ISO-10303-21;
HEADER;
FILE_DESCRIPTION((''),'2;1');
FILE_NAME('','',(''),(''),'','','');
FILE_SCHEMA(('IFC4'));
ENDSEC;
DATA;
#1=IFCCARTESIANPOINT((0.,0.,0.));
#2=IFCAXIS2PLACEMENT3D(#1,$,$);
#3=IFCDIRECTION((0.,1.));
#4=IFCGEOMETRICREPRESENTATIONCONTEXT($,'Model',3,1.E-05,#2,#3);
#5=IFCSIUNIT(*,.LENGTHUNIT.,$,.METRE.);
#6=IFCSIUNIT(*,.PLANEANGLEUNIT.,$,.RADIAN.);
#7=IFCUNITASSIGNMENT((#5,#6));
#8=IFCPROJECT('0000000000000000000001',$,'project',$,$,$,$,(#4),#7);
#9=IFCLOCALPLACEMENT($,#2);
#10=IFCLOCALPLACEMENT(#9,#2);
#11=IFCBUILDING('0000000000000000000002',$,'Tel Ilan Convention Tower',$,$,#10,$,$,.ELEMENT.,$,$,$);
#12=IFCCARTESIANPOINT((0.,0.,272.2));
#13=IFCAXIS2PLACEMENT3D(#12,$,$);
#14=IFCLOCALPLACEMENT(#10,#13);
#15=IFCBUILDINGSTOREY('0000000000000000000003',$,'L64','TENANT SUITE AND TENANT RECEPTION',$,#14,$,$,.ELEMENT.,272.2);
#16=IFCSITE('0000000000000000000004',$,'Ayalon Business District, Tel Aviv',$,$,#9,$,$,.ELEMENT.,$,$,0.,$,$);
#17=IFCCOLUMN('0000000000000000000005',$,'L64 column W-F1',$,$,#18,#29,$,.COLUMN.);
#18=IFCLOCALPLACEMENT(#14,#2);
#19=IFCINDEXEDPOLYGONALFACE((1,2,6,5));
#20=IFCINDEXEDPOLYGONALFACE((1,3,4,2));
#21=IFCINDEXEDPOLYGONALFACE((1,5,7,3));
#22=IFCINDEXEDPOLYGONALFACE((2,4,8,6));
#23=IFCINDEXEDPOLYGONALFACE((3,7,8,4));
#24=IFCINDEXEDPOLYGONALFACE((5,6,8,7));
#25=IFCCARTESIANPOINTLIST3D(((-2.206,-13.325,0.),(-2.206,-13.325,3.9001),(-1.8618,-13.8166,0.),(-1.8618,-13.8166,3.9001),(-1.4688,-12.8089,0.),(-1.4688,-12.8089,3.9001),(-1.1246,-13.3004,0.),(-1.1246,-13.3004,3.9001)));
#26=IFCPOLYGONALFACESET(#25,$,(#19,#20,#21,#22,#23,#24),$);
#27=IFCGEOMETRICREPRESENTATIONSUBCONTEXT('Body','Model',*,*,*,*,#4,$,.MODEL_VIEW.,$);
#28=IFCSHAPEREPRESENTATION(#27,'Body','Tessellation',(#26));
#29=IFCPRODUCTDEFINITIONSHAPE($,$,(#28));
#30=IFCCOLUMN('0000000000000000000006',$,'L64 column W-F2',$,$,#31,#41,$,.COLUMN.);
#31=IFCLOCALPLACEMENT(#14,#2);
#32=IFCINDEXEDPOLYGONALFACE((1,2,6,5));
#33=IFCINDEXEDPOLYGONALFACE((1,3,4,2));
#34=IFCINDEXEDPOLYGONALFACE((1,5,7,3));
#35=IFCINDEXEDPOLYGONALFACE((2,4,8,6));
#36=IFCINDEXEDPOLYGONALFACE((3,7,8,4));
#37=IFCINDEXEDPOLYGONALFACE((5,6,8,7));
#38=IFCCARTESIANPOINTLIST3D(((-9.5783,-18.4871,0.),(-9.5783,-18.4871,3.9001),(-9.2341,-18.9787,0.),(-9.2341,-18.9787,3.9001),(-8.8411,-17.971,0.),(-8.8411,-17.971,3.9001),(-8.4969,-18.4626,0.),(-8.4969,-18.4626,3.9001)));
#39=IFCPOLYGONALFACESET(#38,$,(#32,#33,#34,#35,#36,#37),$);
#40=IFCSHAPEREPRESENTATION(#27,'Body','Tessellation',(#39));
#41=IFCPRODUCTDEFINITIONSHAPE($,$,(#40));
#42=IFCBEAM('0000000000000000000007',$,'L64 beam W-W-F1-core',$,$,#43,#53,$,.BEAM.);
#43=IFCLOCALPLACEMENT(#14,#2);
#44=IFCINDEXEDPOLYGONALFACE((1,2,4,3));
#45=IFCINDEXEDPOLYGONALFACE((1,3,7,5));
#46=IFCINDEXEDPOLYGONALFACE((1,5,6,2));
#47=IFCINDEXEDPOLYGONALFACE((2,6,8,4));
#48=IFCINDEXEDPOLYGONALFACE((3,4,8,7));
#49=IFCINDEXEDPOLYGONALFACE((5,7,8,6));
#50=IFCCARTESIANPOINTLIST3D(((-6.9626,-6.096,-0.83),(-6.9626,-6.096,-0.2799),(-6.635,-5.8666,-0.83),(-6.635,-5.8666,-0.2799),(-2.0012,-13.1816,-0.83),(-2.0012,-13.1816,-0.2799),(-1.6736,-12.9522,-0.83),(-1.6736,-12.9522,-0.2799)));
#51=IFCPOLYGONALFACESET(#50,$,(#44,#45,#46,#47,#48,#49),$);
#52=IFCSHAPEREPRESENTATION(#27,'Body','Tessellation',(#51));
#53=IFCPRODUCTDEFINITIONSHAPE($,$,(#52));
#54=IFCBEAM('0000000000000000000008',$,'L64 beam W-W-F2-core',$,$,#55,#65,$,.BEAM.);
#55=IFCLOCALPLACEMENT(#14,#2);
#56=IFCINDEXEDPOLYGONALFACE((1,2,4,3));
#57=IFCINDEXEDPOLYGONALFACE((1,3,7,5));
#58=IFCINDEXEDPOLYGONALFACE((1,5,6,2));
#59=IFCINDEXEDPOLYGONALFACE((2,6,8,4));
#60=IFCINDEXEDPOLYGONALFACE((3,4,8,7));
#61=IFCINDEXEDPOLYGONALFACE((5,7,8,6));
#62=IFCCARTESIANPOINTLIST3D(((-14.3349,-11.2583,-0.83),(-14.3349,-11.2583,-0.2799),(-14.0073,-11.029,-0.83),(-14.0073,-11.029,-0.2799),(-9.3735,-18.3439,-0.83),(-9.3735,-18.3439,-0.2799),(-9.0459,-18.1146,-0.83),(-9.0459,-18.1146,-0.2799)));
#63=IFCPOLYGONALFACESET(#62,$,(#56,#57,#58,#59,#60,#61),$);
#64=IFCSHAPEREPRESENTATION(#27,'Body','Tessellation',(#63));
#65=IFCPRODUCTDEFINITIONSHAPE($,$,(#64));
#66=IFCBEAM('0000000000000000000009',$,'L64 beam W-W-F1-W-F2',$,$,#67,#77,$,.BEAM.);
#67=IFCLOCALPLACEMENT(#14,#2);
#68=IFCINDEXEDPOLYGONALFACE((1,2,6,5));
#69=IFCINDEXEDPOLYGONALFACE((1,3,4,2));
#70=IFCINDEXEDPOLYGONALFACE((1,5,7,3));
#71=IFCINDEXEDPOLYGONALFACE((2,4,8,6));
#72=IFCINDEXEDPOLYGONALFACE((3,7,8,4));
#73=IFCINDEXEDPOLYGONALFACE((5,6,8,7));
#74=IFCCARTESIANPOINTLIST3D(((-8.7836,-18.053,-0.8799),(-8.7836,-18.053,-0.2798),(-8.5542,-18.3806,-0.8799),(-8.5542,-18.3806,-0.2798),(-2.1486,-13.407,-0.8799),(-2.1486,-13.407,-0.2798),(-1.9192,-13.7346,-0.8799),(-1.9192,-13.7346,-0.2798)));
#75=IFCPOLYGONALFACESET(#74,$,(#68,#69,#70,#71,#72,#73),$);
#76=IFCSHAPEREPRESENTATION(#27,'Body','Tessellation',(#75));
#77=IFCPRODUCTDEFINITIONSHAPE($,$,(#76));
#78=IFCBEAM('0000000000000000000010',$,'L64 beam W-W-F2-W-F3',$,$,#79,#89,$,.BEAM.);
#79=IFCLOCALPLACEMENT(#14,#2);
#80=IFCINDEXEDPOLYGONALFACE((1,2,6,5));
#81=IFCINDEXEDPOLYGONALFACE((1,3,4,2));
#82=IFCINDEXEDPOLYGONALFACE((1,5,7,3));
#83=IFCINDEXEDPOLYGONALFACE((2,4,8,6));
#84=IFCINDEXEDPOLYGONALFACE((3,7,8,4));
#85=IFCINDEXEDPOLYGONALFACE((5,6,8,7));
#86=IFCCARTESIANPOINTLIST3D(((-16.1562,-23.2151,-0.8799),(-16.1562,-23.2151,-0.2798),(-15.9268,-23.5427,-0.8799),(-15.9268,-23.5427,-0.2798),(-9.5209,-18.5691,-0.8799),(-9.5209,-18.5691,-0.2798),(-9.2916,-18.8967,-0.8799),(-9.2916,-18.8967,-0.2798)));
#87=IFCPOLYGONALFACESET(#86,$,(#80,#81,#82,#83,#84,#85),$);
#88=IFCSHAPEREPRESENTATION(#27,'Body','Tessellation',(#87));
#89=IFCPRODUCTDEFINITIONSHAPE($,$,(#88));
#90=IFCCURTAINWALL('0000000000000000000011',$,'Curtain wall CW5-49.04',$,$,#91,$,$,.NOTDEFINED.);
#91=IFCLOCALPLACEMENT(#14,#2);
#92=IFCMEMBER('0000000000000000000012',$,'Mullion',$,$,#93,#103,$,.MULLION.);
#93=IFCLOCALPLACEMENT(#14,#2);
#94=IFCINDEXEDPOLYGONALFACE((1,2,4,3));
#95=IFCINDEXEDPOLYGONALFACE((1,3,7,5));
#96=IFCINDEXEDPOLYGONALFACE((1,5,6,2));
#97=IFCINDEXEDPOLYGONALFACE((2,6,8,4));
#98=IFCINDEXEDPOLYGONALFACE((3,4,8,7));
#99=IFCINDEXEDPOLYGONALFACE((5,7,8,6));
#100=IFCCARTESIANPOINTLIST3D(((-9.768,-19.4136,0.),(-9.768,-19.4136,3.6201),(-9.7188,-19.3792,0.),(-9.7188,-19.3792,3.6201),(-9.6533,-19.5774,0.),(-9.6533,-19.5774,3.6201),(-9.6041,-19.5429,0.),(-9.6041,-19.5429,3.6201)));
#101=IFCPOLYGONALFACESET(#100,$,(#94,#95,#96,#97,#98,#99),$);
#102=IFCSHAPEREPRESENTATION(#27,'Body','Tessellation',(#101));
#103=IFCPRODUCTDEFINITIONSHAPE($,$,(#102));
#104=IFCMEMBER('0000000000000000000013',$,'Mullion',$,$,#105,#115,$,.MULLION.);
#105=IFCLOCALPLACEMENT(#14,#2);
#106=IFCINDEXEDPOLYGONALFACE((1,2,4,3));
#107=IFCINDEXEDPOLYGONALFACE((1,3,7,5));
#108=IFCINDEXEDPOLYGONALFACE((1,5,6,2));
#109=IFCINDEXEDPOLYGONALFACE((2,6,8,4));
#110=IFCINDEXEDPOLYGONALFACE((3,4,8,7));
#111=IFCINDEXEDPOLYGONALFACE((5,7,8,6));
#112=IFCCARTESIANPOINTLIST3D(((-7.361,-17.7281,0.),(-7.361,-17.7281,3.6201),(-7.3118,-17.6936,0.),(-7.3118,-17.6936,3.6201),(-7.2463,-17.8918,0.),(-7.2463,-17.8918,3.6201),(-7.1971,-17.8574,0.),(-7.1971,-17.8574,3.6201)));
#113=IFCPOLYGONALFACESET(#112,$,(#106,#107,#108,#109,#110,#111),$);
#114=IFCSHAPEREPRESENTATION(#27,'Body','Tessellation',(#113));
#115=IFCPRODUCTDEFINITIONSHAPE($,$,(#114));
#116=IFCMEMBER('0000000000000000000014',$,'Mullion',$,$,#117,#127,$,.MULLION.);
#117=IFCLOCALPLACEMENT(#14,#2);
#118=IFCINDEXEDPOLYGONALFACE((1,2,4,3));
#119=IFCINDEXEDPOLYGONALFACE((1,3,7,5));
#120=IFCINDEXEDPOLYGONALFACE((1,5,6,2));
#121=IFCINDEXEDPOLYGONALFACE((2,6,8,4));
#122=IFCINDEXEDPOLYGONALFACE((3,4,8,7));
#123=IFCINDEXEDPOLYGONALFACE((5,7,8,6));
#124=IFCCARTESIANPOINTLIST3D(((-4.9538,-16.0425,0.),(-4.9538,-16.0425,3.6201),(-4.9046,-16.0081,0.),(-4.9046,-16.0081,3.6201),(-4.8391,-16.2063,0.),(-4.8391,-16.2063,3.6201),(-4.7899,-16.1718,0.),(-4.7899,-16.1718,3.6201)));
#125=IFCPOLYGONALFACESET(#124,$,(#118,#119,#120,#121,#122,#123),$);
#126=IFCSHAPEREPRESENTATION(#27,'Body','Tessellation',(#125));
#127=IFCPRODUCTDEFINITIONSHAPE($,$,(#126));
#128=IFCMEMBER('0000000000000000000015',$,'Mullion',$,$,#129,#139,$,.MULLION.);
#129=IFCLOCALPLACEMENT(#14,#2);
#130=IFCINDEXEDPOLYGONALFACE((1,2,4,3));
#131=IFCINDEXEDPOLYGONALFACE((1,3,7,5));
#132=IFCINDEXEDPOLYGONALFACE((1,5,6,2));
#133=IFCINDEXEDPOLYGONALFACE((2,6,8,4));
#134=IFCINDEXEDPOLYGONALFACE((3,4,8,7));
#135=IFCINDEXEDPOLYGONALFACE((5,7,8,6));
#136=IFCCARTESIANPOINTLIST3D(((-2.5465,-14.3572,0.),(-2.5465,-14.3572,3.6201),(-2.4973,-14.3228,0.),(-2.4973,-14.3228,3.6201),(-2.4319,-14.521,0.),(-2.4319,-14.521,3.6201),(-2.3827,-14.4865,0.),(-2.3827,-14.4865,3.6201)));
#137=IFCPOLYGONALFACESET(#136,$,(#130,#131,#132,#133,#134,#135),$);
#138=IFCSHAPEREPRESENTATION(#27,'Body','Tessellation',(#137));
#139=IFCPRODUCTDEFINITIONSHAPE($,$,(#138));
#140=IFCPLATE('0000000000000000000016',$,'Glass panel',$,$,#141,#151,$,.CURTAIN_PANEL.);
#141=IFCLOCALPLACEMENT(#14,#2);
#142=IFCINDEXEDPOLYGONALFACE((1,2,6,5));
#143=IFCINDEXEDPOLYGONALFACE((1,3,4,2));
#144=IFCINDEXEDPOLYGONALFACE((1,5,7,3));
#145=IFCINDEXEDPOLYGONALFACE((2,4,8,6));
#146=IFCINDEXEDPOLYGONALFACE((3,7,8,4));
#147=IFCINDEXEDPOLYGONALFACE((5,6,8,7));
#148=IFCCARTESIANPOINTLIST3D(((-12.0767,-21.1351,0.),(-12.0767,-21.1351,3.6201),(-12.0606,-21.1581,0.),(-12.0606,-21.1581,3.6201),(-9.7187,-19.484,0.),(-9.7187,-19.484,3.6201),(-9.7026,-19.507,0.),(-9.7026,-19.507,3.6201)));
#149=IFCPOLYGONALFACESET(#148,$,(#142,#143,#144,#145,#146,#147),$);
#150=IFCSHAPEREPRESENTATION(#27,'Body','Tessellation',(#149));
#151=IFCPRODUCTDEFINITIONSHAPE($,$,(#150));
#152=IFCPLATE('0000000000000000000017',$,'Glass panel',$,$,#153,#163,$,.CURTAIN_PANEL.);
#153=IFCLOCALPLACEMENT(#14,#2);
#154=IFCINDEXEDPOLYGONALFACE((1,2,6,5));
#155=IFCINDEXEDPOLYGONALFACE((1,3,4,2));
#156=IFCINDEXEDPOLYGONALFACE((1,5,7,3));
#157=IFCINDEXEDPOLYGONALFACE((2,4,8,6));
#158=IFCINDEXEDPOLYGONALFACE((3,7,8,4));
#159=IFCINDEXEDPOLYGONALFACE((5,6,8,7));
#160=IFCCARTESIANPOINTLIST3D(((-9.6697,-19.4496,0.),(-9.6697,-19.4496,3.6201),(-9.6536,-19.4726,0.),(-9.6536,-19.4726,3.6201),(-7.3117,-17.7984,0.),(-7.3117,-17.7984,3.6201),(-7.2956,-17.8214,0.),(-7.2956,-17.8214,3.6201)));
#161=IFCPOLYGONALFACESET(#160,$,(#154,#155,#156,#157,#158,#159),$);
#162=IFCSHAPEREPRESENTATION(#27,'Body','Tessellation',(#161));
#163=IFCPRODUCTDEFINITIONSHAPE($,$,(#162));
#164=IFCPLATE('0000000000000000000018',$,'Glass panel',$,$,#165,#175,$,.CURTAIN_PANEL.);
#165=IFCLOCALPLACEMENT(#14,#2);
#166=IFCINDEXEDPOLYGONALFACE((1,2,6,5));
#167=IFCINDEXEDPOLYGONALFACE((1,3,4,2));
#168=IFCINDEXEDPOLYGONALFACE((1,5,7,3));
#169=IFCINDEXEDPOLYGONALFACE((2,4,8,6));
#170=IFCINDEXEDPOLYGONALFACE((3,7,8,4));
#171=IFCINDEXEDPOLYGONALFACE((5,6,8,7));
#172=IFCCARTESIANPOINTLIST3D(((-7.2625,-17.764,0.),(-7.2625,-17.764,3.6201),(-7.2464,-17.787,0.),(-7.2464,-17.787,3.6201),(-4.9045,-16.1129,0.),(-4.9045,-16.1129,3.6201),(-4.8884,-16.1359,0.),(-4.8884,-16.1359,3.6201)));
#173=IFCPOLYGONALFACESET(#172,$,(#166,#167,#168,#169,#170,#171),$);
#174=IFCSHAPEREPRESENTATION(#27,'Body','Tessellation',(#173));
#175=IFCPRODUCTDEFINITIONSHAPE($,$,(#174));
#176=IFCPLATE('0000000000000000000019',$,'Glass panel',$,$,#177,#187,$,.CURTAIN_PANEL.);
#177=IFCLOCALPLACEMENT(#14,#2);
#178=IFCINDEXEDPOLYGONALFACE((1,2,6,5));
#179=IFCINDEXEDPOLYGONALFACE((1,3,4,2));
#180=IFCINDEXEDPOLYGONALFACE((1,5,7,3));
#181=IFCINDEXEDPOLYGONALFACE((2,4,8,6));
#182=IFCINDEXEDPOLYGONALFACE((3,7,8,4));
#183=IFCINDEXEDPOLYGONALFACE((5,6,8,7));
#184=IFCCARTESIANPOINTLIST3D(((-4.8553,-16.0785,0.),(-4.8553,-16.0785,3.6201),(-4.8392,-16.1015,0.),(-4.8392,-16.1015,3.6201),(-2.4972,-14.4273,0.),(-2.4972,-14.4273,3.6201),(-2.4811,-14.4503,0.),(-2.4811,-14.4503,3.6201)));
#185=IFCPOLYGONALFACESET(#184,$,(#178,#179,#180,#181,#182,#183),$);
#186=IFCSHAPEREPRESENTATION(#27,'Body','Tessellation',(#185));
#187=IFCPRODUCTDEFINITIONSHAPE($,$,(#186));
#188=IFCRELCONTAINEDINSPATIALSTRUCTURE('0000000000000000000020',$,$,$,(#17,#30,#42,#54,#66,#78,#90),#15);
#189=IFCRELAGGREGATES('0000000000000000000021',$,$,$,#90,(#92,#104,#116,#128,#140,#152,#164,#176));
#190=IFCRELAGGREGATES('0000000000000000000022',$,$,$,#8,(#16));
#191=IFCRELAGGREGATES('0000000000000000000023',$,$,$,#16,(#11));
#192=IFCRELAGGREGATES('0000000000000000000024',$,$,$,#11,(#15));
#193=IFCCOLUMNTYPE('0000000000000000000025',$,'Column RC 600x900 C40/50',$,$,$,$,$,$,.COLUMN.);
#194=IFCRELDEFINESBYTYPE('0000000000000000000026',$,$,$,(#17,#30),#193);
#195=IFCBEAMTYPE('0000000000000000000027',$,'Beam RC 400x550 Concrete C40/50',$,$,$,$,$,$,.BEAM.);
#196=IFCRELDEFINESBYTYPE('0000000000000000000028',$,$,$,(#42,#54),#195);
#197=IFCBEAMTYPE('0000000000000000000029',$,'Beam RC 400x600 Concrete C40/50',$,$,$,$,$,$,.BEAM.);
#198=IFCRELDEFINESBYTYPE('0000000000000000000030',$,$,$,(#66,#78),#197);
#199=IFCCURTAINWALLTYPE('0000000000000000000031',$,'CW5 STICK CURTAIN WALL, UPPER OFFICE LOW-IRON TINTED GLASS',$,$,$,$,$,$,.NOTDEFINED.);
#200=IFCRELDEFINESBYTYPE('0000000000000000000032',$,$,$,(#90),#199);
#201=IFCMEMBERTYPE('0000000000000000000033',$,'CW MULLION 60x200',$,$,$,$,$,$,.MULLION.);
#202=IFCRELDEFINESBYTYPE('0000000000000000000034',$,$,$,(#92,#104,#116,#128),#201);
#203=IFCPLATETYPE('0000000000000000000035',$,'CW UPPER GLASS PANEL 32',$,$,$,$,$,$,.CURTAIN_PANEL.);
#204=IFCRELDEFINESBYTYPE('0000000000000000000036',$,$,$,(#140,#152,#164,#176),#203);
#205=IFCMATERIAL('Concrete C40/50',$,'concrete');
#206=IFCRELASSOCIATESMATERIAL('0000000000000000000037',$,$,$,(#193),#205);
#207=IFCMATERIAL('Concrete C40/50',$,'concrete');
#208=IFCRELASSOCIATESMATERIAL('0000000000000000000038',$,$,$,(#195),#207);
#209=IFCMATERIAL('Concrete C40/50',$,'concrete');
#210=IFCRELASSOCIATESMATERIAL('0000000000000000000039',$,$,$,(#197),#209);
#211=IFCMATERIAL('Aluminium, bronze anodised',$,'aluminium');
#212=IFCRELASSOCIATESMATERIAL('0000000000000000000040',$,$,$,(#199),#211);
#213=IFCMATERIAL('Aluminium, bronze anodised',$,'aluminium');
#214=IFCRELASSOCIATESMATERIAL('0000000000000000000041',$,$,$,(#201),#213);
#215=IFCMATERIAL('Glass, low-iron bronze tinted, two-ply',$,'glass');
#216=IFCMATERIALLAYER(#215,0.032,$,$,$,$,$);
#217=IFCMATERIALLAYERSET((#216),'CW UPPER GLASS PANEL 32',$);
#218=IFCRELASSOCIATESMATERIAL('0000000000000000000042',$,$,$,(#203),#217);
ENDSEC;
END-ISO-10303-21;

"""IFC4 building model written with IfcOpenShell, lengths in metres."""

from ifc_helpers import new_model, si_unit, direction, frame, origin, origin_2d, place, context, subcontext, project, spatial, rectangle, extrude, material, layer, layer_set, material_profile, profile_set, type_object, element, aggregate, save


model = new_model("IFC4")

# Units and contexts
model_context = context("Model", 3, precision=1e-05, world=origin(), true_north=direction((0.0, 1.0)))
body_context = subcontext(model_context, "Body", "Model", "MODEL_VIEW")
ifc_project = project(units=[si_unit("LENGTHUNIT", "METRE"), si_unit("PLANEANGLEUNIT", "RADIAN")], contexts=[model_context])

# Site, building, storey
site_placement = place(None, origin())
site = spatial("IfcSite", under=ifc_project, at=site_placement, Name="Ayalon Business District, Tel Aviv", CompositionType="ELEMENT", RefElevation=0.0)
building_placement = place(site_placement, origin())
building = spatial("IfcBuilding", under=site, at=building_placement, Name="Tel Ilan Convention Tower", CompositionType="ELEMENT")
storey_placement = place(building_placement, frame((0.0, 0.0, 272.2)))
storey = spatial("IfcBuildingStorey", under=building, at=storey_placement, Name="L64", Description="TENANT SUITE AND TENANT RECEPTION", CompositionType="ELEMENT", Elevation=272.2)

# Columns
ifc_material_1 = material(Name="Concrete C40/50", Category="concrete")
ifc_material_profile_1 = material_profile(ifc_material_1, rectangle(XDim=0.8999, YDim=0.6001, at=origin_2d()), Name="RC 600x900")
ifc_profile_set_1 = profile_set([ifc_material_profile_1], Name="Concrete C40/50")
column_type = type_object("IfcColumnType", Name="Column RC 600x900 C40/50", PredefinedType="COLUMN", material=ifc_profile_set_1)
for number, where, z_axis, x_axis, name in (
    (1, (-1.6653, -13.3127, 0.0), (0.0, 0.0, 1.0), (-0.819152, -0.573576, 0.0), "L64 column W-F1"),
    (2, (-9.0376, -18.4749, 0.0), (0.0, 0.0, 1.0), (-0.819152, -0.573576, 0.0), "L64 column W-F2"),
):
    element("IfcColumn", number, at=place(storey_placement, frame(where, z_axis=z_axis, x_axis=x_axis)), inside=storey, type_object=column_type, Name=name, PredefinedType="COLUMN", context=body_context, shape_type="SweptSolid", body=[
        extrude(rectangle(XDim=0.8999, YDim=0.6001, at=origin_2d()), origin(), (0.0, 0.0, 1.0), 3.9001),
    ])

# Beams
ifc_material_2 = material(Name="Concrete C40/50", Category="concrete")
ifc_material_profile_2 = material_profile(ifc_material_2, rectangle(XDim=0.3999, YDim=0.55, at=origin_2d()), Name="RC 400x550")
ifc_profile_set_2 = profile_set([ifc_material_profile_2], Name="Concrete C40/50")
beam_type_1 = type_object("IfcBeamType", Name="Beam RC 400x550 Concrete C40/50", PredefinedType="BEAM", material=ifc_profile_set_2)
for number, where, z_axis, x_axis, name in (
    (3, (-1.8374, -13.0669, -0.5549), (-0.573574, 0.819154, 0.0), (-0.819154, -0.573574, 0.0), "L64 beam W-W-F1-core"),
    (4, (-9.2097, -18.2292, -0.5549), (-0.573574, 0.819154, 0.0), (-0.819154, -0.573574, 0.0), "L64 beam W-W-F2-core"),
):
    element("IfcBeam", number, at=place(storey_placement, frame(where, z_axis=z_axis, x_axis=x_axis)), inside=storey, type_object=beam_type_1, Name=name, PredefinedType="BEAM", context=body_context, shape_type="SweptSolid", body=[
        extrude(rectangle(XDim=0.3999, YDim=0.55, at=origin_2d()), origin(), (0.0, 0.0, 1.0), 8.6499),
    ])
ifc_material_3 = material(Name="Concrete C40/50", Category="concrete")
ifc_material_profile_3 = material_profile(ifc_material_3, rectangle(XDim=0.3999, YDim=0.6001, at=origin_2d()), Name="RC 400x600")
ifc_profile_set_3 = profile_set([ifc_material_profile_3], Name="Concrete C40/50")
beam_type_2 = type_object("IfcBeamType", Name="Beam RC 400x600 Concrete C40/50", PredefinedType="BEAM", material=ifc_profile_set_3)
beam_1_placement = place(storey_placement, frame((-2.0339, -13.5708, -0.5798), z_axis=(-0.819146, -0.573586, 0.0), x_axis=(0.573586, -0.819146, 0.0)))
element("IfcBeam", 5, at=beam_1_placement, inside=storey, type_object=beam_type_2, Name="L64 beam W-W-F1-W-F2", PredefinedType="BEAM", context=body_context, shape_type="SweptSolid", body=[
    extrude(rectangle(XDim=0.3999, YDim=0.6001, at=origin_2d()), origin(), (0.0, 0.0, 1.0), 8.0999),
])
beam_2_placement = place(storey_placement, frame((-9.4062, -18.7329, -0.5798), z_axis=(-0.819155, -0.573572, 0.0), x_axis=(0.573572, -0.819155, 0.0)))
element("IfcBeam", 6, at=beam_2_placement, inside=storey, type_object=beam_type_2, Name="L64 beam W-W-F2-W-F3", PredefinedType="BEAM", context=body_context, shape_type="SweptSolid", body=[
    extrude(rectangle(XDim=0.3999, YDim=0.6001, at=origin_2d()), origin(), (0.0, 0.0, 1.0), 8.1001),
])

# Curtain wall, members, plates
ifc_material_4 = material(Name="Aluminium, bronze anodised", Category="aluminium")
curtain_wall_type = type_object("IfcCurtainWallType", Name="CW5 STICK CURTAIN WALL, UPPER OFFICE LOW-IRON TINTED GLASS", PredefinedType="NOTDEFINED", material=ifc_material_4)
curtain_wall_placement = place(storey_placement, origin())
curtain_wall = element("IfcCurtainWall", 7, at=curtain_wall_placement, inside=storey, type_object=curtain_wall_type, Name="Curtain wall CW5-49.04", PredefinedType="NOTDEFINED")
ifc_material_5 = material(Name="Aluminium, bronze anodised", Category="aluminium")
ifc_material_profile_4 = material_profile(ifc_material_5, rectangle(XDim=0.0601, YDim=0.2, at=origin_2d()), Name="CW MULLION 60x200")
ifc_profile_set_4 = profile_set([ifc_material_profile_4], Name="Aluminium, bronze anodised")
member_type = type_object("IfcMemberType", Name="CW MULLION 60x200", PredefinedType="MULLION", material=ifc_profile_set_4)
member_1_placement = place(storey_placement, frame((-9.686, -19.4783, 0.0), z_axis=(0.0, 0.0, 1.0), x_axis=(0.819152, 0.573576, 0.0)))
member_1 = element("IfcMember", 8, at=member_1_placement, type_object=member_type, Name="Mullion", PredefinedType="MULLION", context=body_context, shape_type="SweptSolid", body=[
    extrude(rectangle(XDim=0.0601, YDim=0.2, at=origin_2d()), origin(), (0.0, 0.0, 1.0), 3.6201),
])
member_2_placement = place(storey_placement, frame((-7.2791, -17.7927, 0.0), z_axis=(0.0, 0.0, 1.0), x_axis=(0.819152, 0.573576, 0.0)))
member_2 = element("IfcMember", 9, at=member_2_placement, type_object=member_type, Name="Mullion", PredefinedType="MULLION", context=body_context, shape_type="SweptSolid", body=[
    extrude(rectangle(XDim=0.0601, YDim=0.2, at=origin_2d()), origin(), (0.0, 0.0, 1.0), 3.6201),
])
member_3_placement = place(storey_placement, frame((-4.8718, -16.1072, 0.0), z_axis=(0.0, 0.0, 1.0), x_axis=(0.819152, 0.573576, 0.0)))
member_3 = element("IfcMember", 10, at=member_3_placement, type_object=member_type, Name="Mullion", PredefinedType="MULLION", context=body_context, shape_type="SweptSolid", body=[
    extrude(rectangle(XDim=0.0601, YDim=0.2, at=origin_2d()), origin(), (0.0, 0.0, 1.0), 3.6201),
])
member_4_placement = place(storey_placement, frame((-2.4646, -14.4219, 0.0), z_axis=(0.0, 0.0, 1.0), x_axis=(0.819152, 0.573576, 0.0)))
member_4 = element("IfcMember", 11, at=member_4_placement, type_object=member_type, Name="Mullion", PredefinedType="MULLION", context=body_context, shape_type="SweptSolid", body=[
    extrude(rectangle(XDim=0.0601, YDim=0.2, at=origin_2d()), origin(), (0.0, 0.0, 1.0), 3.6201),
])
ifc_material_6 = material(Name="Glass, low-iron bronze tinted, two-ply", Category="glass")
ifc_layer_1 = layer(ifc_material_6, 0.032)
ifc_layer_set_1 = layer_set([ifc_layer_1], Name="CW UPPER GLASS PANEL 32")
plate_type = type_object("IfcPlateType", Name="CW UPPER GLASS PANEL 32", PredefinedType="CURTAIN_PANEL", material=ifc_layer_set_1)
plate_1_placement = place(storey_placement, frame((-10.8896, -20.321, 0.0), z_axis=(0.0, 0.0, 1.0), x_axis=(0.819152, 0.573576, 0.0)))
plate_1 = element("IfcPlate", 12, at=plate_1_placement, type_object=plate_type, Name="Glass panel", PredefinedType="CURTAIN_PANEL", context=body_context, shape_type="SweptSolid", body=[
    extrude(rectangle(XDim=2.8787, YDim=0.0281, at=origin_2d()), origin(), (0.0, 0.0, 1.0), 3.6201),
])
plate_2_placement = place(storey_placement, frame((-8.4827, -18.6355, 0.0), z_axis=(0.0, 0.0, 1.0), x_axis=(0.819152, 0.573576, 0.0)))
plate_2 = element("IfcPlate", 13, at=plate_2_placement, type_object=plate_type, Name="Glass panel", PredefinedType="CURTAIN_PANEL", context=body_context, shape_type="SweptSolid", body=[
    extrude(rectangle(XDim=2.8787, YDim=0.0281, at=origin_2d()), origin(), (0.0, 0.0, 1.0), 3.6201),
])
plate_3_placement = place(storey_placement, frame((-6.0754, -16.95, 0.0), z_axis=(0.0, 0.0, 1.0), x_axis=(0.819152, 0.573576, 0.0)))
plate_3 = element("IfcPlate", 14, at=plate_3_placement, type_object=plate_type, Name="Glass panel", PredefinedType="CURTAIN_PANEL", context=body_context, shape_type="SweptSolid", body=[
    extrude(rectangle(XDim=2.8787, YDim=0.0281, at=origin_2d()), origin(), (0.0, 0.0, 1.0), 3.6201),
])
plate_4_placement = place(storey_placement, frame((-3.6682, -15.2644, 0.0), z_axis=(0.0, 0.0, 1.0), x_axis=(0.819152, 0.573576, 0.0)))
plate_4 = element("IfcPlate", 15, at=plate_4_placement, type_object=plate_type, Name="Glass panel", PredefinedType="CURTAIN_PANEL", context=body_context, shape_type="SweptSolid", body=[
    extrude(rectangle(XDim=2.8787, YDim=0.0281, at=origin_2d()), origin(), (0.0, 0.0, 1.0), 3.6201),
])
aggregate(curtain_wall, [member_1, member_2, member_3, member_4, plate_1, plate_2, plate_3, plate_4])

save(model, "model.ifc")
